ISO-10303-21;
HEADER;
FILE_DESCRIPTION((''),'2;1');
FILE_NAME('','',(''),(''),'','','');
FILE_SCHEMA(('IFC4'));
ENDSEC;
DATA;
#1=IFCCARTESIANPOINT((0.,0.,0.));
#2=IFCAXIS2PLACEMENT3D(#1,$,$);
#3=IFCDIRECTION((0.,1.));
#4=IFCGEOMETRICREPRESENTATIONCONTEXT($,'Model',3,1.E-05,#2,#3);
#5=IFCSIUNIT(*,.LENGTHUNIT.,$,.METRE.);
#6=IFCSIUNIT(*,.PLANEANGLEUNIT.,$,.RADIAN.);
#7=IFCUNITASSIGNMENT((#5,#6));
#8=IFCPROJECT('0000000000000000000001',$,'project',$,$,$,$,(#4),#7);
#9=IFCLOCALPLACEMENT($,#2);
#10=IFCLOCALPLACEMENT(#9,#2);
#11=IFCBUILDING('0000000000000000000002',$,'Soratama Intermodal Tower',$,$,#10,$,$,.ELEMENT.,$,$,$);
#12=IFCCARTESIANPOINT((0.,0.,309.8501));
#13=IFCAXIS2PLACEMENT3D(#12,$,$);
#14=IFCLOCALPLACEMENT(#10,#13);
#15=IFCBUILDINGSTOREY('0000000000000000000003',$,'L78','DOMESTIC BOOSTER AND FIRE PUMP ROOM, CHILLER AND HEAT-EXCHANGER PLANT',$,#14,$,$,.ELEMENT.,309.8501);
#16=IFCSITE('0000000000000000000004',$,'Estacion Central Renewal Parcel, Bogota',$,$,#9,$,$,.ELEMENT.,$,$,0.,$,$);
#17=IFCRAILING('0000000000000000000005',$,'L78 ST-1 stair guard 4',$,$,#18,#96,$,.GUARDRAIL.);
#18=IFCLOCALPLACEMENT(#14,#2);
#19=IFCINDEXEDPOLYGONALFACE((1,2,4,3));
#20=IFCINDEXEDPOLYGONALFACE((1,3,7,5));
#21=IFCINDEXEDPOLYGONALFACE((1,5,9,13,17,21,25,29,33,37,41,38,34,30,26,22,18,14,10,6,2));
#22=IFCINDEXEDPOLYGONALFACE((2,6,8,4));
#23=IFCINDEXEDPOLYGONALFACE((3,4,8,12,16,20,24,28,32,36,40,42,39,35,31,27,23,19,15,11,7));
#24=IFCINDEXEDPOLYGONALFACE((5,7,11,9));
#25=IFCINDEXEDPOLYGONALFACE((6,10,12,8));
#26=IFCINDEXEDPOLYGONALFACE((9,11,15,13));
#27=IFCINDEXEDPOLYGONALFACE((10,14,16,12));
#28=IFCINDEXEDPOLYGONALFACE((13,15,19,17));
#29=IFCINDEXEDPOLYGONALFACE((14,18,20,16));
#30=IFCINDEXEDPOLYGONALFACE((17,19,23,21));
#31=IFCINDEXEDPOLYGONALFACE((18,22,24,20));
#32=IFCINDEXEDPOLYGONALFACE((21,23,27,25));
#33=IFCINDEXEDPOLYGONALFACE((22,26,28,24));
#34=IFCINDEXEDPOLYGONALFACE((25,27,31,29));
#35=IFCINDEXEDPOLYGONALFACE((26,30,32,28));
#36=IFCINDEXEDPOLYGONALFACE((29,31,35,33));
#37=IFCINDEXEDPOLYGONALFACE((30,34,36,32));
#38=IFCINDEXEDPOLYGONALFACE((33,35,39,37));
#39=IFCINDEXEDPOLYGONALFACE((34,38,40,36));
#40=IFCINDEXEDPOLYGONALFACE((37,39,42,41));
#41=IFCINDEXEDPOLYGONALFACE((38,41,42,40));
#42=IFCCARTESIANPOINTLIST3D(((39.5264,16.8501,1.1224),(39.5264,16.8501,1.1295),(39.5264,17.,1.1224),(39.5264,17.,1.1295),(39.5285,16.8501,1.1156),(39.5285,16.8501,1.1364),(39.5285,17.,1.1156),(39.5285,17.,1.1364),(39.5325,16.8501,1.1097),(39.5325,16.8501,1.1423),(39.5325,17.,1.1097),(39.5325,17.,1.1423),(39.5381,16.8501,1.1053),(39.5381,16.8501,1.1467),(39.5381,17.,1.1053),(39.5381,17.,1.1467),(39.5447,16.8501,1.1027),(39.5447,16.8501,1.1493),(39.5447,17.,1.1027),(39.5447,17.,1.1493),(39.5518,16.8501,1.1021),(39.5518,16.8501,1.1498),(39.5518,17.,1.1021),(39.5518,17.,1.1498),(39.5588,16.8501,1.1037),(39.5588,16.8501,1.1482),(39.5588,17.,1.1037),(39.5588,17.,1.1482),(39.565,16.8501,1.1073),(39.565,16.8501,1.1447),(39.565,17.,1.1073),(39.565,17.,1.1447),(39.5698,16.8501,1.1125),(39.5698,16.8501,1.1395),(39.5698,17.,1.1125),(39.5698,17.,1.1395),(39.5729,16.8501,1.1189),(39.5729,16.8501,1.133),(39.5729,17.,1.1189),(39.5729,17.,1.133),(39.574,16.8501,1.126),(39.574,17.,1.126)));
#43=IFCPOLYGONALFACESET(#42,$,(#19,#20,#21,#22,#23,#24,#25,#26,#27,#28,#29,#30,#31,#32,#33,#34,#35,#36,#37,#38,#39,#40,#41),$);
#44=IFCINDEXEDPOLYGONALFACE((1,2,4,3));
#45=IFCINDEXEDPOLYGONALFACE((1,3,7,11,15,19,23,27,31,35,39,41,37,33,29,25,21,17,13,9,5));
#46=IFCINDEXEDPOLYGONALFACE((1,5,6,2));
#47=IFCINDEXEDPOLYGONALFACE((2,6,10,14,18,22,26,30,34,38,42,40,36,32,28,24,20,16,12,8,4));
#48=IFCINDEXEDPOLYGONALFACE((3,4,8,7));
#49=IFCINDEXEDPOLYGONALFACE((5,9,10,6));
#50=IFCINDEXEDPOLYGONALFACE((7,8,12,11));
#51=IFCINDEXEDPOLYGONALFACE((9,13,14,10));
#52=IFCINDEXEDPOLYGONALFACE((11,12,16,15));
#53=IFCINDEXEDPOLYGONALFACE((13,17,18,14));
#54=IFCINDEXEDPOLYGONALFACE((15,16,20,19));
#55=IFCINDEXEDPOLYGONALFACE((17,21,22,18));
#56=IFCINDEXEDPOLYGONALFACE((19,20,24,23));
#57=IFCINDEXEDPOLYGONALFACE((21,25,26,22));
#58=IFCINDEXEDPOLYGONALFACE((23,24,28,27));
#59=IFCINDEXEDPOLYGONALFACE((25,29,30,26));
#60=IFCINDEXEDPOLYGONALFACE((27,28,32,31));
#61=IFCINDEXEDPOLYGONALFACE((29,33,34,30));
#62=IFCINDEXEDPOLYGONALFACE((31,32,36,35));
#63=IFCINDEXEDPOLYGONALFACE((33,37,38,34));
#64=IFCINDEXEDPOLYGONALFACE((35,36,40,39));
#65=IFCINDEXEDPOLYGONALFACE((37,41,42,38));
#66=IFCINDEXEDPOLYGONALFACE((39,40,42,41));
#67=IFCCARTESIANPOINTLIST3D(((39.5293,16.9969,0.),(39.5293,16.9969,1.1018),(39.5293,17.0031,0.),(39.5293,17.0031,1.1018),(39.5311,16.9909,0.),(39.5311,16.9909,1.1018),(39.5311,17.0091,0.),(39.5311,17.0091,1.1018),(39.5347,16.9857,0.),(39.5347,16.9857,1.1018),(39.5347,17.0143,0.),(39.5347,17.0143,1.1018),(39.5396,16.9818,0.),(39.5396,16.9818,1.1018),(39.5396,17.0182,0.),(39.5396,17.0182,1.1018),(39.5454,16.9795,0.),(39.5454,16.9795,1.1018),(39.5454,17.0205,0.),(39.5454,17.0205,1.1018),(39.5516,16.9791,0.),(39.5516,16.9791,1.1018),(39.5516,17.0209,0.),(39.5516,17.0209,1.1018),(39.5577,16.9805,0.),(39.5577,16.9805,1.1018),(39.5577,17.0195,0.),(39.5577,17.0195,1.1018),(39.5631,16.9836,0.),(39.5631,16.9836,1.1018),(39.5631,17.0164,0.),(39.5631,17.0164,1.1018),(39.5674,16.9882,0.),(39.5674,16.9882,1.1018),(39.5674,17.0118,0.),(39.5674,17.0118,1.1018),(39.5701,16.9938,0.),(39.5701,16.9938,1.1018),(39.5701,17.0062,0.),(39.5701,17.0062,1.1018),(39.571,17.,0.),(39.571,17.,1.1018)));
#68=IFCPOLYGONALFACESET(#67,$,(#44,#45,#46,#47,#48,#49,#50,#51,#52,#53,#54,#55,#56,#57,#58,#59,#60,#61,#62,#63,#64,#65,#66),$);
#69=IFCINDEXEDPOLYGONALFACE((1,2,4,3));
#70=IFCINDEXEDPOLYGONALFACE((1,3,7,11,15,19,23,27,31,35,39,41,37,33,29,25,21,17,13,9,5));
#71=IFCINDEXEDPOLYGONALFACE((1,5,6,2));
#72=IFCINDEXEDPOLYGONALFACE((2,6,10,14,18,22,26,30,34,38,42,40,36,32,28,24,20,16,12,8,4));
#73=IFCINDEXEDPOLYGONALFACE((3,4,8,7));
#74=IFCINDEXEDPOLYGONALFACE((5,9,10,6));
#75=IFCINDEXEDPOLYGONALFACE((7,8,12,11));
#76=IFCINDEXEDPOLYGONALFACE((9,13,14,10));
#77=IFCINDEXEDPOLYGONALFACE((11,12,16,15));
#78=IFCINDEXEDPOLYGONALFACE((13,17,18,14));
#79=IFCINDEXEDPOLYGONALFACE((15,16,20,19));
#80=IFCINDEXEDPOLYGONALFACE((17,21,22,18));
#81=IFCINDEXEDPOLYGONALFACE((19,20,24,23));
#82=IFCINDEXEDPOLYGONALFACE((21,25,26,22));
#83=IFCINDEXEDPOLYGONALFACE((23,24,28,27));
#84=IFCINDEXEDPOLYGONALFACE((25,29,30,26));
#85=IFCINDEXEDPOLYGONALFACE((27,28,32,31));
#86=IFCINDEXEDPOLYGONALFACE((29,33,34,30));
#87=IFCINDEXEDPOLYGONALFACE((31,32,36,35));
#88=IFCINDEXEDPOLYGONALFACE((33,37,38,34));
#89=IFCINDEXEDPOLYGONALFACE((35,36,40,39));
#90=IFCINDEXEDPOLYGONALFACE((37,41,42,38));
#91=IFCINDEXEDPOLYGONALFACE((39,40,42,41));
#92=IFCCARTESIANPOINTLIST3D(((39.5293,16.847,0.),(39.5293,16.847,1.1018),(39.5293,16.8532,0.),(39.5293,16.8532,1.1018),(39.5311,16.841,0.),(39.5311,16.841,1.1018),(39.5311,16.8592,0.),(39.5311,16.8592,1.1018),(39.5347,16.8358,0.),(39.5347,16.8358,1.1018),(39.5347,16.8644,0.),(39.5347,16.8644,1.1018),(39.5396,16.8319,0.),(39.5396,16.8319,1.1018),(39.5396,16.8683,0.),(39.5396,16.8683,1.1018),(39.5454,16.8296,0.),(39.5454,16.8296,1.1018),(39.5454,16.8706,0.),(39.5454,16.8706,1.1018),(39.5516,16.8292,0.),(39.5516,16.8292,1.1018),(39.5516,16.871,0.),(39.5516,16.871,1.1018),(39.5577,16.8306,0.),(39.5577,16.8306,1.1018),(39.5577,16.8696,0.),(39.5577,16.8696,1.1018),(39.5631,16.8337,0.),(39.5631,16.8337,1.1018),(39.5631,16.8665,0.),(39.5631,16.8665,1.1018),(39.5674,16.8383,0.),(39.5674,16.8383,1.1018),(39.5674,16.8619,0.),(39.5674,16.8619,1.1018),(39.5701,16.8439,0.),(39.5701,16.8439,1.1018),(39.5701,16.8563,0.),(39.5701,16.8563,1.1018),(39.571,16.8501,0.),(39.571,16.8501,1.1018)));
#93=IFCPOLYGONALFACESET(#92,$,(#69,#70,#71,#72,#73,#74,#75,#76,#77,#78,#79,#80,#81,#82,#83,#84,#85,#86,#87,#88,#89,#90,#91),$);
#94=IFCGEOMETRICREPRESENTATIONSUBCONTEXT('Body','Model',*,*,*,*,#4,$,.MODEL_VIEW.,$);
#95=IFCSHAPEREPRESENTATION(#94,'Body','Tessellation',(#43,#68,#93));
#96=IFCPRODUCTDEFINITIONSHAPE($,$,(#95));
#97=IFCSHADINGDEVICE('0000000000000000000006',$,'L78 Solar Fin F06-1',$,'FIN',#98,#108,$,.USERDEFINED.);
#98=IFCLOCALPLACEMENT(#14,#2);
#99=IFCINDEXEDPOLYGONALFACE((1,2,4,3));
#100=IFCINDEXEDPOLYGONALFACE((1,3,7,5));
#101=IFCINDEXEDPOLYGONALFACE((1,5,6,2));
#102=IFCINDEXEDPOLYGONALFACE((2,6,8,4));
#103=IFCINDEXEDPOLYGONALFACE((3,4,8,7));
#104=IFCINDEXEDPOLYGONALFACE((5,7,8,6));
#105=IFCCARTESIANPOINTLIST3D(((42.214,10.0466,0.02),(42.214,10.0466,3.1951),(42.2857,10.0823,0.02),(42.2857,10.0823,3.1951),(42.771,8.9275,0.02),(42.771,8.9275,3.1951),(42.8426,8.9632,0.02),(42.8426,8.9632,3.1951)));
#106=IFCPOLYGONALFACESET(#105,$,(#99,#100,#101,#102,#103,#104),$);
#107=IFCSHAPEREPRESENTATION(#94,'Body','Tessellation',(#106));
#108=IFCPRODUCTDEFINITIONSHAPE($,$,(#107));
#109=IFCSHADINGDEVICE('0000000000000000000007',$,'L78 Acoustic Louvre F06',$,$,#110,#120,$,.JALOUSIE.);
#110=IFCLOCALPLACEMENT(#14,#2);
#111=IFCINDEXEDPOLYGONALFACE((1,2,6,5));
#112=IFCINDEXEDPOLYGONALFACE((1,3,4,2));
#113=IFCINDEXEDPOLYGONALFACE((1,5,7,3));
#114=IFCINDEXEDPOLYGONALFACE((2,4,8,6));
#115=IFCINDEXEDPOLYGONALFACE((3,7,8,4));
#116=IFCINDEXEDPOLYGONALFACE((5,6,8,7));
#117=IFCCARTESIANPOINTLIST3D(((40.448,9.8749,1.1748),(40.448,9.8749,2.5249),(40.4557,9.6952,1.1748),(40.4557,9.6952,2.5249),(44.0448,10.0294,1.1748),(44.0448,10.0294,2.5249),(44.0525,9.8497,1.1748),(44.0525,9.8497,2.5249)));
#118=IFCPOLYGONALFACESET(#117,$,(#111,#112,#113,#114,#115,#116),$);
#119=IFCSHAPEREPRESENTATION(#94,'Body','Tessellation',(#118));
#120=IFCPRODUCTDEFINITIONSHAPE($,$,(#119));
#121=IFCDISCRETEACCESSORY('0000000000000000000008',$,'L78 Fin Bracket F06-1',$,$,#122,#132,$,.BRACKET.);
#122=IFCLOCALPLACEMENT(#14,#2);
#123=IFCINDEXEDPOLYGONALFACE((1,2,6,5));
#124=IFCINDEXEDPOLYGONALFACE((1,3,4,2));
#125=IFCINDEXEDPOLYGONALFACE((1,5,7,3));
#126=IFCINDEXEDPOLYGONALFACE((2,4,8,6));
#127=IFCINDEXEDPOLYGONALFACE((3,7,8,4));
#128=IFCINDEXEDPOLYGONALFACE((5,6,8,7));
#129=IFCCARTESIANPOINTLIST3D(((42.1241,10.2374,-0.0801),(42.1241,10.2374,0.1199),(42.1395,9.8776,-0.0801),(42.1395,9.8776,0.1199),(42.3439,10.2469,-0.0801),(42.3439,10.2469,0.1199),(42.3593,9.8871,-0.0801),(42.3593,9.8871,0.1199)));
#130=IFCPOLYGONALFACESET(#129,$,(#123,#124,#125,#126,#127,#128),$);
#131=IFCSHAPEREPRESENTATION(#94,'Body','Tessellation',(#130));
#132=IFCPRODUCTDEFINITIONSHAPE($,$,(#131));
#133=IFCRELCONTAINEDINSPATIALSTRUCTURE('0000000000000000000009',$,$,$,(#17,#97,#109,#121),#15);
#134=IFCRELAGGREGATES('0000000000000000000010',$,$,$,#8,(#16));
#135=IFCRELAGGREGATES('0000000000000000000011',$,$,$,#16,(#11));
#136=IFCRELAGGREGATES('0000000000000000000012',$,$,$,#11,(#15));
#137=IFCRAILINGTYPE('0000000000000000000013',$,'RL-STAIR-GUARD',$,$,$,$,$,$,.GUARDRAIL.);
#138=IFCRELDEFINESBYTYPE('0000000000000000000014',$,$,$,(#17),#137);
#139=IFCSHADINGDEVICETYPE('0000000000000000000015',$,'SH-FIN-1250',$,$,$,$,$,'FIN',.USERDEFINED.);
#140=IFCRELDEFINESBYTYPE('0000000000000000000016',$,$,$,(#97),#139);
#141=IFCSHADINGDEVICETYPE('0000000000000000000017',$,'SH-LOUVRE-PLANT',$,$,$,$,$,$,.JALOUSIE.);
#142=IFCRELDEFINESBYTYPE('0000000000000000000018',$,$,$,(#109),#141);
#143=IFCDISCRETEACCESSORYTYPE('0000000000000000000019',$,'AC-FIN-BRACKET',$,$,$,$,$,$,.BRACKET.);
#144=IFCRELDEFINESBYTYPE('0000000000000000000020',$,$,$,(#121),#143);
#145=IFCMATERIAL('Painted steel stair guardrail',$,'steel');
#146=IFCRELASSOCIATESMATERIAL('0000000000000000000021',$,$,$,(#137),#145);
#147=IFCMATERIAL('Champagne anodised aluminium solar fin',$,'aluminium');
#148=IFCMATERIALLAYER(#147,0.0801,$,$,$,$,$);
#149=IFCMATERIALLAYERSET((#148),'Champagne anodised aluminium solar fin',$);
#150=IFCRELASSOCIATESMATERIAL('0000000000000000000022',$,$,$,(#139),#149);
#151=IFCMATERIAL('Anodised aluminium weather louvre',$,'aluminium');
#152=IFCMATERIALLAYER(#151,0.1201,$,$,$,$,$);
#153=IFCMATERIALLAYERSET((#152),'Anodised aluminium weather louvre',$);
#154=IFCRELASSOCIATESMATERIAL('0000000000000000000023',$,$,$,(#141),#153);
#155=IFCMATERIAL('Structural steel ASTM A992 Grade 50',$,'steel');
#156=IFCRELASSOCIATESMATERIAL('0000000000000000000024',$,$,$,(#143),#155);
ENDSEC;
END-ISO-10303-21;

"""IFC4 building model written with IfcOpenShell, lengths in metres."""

from ifc_helpers import new_model, si_unit, direction, frame, origin, origin_2d, place, context, subcontext, project, spatial, rectangle, circle, extrude, material, layer, layer_set, type_object, element, save


model = new_model("IFC4")

# Units and contexts
model_context = context("Model", 3, precision=1e-05, world=origin(), true_north=direction((0.0, 1.0)))
body_context = subcontext(model_context, "Body", "Model", "MODEL_VIEW")
ifc_project = project(units=[si_unit("LENGTHUNIT", "METRE"), si_unit("PLANEANGLEUNIT", "RADIAN")], contexts=[model_context])

# Site, building, storey
site_placement = place(None, origin())
site = spatial("IfcSite", under=ifc_project, at=site_placement, Name="Estacion Central Renewal Parcel, Bogota", CompositionType="ELEMENT", RefElevation=0.0)
building_placement = place(site_placement, origin())
building = spatial("IfcBuilding", under=site, at=building_placement, Name="Soratama Intermodal Tower", CompositionType="ELEMENT")
storey_placement = place(building_placement, frame((0.0, 0.0, 309.8501)))
storey = spatial("IfcBuildingStorey", under=building, at=storey_placement, Name="L78", Description="DOMESTIC BOOSTER AND FIRE PUMP ROOM, CHILLER AND HEAT-EXCHANGER PLANT", CompositionType="ELEMENT", Elevation=309.8501)

# Railing
ifc_material_1 = material(Name="Painted steel stair guardrail", Category="steel")
railing_type = type_object("IfcRailingType", Name="RL-STAIR-GUARD", PredefinedType="GUARDRAIL", material=ifc_material_1)
railing_placement = place(storey_placement, frame((39.55, 17.0, 0.0)))
element("IfcRailing", 1, at=railing_placement, inside=storey, type_object=railing_type, Name="L78 ST-1 stair guard 4", PredefinedType="GUARDRAIL", context=body_context, shape_type="SweptSolid", body=[
    extrude(circle(Radius=0.0239, at=origin_2d()), frame((0.0, 0.0, 1.126), z_axis=(0.0, -1.0, 0.0), x_axis=(1.0, 0.0, 0.0)), (0.0, 0.0, 1.0), 0.1499),
    extrude(circle(Radius=0.021, at=origin_2d()), origin(), (0.0, 0.0, 1.0), 1.1018),
    extrude(circle(Radius=0.021, at=origin_2d()), frame((0.0, -0.1499, 0.0)), (0.0, 0.0, 1.0), 1.1018),
])

# Shading devices
ifc_material_2 = material(Name="Champagne anodised aluminium solar fin", Category="aluminium")
ifc_layer_1 = layer(ifc_material_2, 0.0801)
ifc_layer_set_1 = layer_set([ifc_layer_1], Name="Champagne anodised aluminium solar fin")
shading_device_type_1 = type_object("IfcShadingDeviceType", Name="SH-FIN-1250", ElementType="FIN", PredefinedType="USERDEFINED", material=ifc_layer_set_1)
shading_device_1_placement = place(storey_placement, frame((42.5283, 9.5049, 0.02), z_axis=(0.0, 0.0, 1.0), x_axis=(0.445573, -0.895246, 0.0)))
element("IfcShadingDevice", 2, at=shading_device_1_placement, inside=storey, type_object=shading_device_type_1, Name="L78 Solar Fin F06-1", ObjectType="FIN", PredefinedType="USERDEFINED", context=body_context, shape_type="SweptSolid", body=[
    extrude(rectangle(XDim=1.25, YDim=0.0801, at=origin_2d()), origin(), (0.0, 0.0, 1.0), 3.175),
])
ifc_material_3 = material(Name="Anodised aluminium weather louvre", Category="aluminium")
ifc_layer_2 = layer(ifc_material_3, 0.1201)
ifc_layer_set_2 = layer_set([ifc_layer_2], Name="Anodised aluminium weather louvre")
shading_device_type_2 = type_object("IfcShadingDeviceType", Name="SH-LOUVRE-PLANT", PredefinedType="JALOUSIE", material=ifc_layer_set_2)
shading_device_2_placement = place(storey_placement, frame((42.2502, 9.8623, 1.1748), z_axis=(0.0, 0.0, 1.0), x_axis=(0.999078, 0.042922, 0.0)))
element("IfcShadingDevice", 3, at=shading_device_2_placement, inside=storey, type_object=shading_device_type_2, Name="L78 Acoustic Louvre F06", PredefinedType="JALOUSIE", context=body_context, shape_type="SweptSolid", body=[
    extrude(rectangle(XDim=3.6001, YDim=0.1799, at=origin_2d()), origin(), (0.0, 0.0, 1.0), 1.3501),
])

# Discrete accessory
ifc_material_4 = material(Name="Structural steel ASTM A992 Grade 50", Category="steel")
discrete_accessory_type = type_object("IfcDiscreteAccessoryType", Name="AC-FIN-BRACKET", PredefinedType="BRACKET", material=ifc_material_4)
discrete_accessory_placement = place(storey_placement, frame((42.2417, 10.0623, -0.0801), z_axis=(0.0, 0.0, 1.0), x_axis=(0.042922, -0.999078, 0.0)))
element("IfcDiscreteAccessory", 4, at=discrete_accessory_placement, inside=storey, type_object=discrete_accessory_type, Name="L78 Fin Bracket F06-1", PredefinedType="BRACKET", context=body_context, shape_type="SweptSolid", body=[
    extrude(rectangle(XDim=0.3601, YDim=0.22, at=origin_2d()), origin(), (0.0, 0.0, 1.0), 0.2),
])

save(model, "model.ifc")
